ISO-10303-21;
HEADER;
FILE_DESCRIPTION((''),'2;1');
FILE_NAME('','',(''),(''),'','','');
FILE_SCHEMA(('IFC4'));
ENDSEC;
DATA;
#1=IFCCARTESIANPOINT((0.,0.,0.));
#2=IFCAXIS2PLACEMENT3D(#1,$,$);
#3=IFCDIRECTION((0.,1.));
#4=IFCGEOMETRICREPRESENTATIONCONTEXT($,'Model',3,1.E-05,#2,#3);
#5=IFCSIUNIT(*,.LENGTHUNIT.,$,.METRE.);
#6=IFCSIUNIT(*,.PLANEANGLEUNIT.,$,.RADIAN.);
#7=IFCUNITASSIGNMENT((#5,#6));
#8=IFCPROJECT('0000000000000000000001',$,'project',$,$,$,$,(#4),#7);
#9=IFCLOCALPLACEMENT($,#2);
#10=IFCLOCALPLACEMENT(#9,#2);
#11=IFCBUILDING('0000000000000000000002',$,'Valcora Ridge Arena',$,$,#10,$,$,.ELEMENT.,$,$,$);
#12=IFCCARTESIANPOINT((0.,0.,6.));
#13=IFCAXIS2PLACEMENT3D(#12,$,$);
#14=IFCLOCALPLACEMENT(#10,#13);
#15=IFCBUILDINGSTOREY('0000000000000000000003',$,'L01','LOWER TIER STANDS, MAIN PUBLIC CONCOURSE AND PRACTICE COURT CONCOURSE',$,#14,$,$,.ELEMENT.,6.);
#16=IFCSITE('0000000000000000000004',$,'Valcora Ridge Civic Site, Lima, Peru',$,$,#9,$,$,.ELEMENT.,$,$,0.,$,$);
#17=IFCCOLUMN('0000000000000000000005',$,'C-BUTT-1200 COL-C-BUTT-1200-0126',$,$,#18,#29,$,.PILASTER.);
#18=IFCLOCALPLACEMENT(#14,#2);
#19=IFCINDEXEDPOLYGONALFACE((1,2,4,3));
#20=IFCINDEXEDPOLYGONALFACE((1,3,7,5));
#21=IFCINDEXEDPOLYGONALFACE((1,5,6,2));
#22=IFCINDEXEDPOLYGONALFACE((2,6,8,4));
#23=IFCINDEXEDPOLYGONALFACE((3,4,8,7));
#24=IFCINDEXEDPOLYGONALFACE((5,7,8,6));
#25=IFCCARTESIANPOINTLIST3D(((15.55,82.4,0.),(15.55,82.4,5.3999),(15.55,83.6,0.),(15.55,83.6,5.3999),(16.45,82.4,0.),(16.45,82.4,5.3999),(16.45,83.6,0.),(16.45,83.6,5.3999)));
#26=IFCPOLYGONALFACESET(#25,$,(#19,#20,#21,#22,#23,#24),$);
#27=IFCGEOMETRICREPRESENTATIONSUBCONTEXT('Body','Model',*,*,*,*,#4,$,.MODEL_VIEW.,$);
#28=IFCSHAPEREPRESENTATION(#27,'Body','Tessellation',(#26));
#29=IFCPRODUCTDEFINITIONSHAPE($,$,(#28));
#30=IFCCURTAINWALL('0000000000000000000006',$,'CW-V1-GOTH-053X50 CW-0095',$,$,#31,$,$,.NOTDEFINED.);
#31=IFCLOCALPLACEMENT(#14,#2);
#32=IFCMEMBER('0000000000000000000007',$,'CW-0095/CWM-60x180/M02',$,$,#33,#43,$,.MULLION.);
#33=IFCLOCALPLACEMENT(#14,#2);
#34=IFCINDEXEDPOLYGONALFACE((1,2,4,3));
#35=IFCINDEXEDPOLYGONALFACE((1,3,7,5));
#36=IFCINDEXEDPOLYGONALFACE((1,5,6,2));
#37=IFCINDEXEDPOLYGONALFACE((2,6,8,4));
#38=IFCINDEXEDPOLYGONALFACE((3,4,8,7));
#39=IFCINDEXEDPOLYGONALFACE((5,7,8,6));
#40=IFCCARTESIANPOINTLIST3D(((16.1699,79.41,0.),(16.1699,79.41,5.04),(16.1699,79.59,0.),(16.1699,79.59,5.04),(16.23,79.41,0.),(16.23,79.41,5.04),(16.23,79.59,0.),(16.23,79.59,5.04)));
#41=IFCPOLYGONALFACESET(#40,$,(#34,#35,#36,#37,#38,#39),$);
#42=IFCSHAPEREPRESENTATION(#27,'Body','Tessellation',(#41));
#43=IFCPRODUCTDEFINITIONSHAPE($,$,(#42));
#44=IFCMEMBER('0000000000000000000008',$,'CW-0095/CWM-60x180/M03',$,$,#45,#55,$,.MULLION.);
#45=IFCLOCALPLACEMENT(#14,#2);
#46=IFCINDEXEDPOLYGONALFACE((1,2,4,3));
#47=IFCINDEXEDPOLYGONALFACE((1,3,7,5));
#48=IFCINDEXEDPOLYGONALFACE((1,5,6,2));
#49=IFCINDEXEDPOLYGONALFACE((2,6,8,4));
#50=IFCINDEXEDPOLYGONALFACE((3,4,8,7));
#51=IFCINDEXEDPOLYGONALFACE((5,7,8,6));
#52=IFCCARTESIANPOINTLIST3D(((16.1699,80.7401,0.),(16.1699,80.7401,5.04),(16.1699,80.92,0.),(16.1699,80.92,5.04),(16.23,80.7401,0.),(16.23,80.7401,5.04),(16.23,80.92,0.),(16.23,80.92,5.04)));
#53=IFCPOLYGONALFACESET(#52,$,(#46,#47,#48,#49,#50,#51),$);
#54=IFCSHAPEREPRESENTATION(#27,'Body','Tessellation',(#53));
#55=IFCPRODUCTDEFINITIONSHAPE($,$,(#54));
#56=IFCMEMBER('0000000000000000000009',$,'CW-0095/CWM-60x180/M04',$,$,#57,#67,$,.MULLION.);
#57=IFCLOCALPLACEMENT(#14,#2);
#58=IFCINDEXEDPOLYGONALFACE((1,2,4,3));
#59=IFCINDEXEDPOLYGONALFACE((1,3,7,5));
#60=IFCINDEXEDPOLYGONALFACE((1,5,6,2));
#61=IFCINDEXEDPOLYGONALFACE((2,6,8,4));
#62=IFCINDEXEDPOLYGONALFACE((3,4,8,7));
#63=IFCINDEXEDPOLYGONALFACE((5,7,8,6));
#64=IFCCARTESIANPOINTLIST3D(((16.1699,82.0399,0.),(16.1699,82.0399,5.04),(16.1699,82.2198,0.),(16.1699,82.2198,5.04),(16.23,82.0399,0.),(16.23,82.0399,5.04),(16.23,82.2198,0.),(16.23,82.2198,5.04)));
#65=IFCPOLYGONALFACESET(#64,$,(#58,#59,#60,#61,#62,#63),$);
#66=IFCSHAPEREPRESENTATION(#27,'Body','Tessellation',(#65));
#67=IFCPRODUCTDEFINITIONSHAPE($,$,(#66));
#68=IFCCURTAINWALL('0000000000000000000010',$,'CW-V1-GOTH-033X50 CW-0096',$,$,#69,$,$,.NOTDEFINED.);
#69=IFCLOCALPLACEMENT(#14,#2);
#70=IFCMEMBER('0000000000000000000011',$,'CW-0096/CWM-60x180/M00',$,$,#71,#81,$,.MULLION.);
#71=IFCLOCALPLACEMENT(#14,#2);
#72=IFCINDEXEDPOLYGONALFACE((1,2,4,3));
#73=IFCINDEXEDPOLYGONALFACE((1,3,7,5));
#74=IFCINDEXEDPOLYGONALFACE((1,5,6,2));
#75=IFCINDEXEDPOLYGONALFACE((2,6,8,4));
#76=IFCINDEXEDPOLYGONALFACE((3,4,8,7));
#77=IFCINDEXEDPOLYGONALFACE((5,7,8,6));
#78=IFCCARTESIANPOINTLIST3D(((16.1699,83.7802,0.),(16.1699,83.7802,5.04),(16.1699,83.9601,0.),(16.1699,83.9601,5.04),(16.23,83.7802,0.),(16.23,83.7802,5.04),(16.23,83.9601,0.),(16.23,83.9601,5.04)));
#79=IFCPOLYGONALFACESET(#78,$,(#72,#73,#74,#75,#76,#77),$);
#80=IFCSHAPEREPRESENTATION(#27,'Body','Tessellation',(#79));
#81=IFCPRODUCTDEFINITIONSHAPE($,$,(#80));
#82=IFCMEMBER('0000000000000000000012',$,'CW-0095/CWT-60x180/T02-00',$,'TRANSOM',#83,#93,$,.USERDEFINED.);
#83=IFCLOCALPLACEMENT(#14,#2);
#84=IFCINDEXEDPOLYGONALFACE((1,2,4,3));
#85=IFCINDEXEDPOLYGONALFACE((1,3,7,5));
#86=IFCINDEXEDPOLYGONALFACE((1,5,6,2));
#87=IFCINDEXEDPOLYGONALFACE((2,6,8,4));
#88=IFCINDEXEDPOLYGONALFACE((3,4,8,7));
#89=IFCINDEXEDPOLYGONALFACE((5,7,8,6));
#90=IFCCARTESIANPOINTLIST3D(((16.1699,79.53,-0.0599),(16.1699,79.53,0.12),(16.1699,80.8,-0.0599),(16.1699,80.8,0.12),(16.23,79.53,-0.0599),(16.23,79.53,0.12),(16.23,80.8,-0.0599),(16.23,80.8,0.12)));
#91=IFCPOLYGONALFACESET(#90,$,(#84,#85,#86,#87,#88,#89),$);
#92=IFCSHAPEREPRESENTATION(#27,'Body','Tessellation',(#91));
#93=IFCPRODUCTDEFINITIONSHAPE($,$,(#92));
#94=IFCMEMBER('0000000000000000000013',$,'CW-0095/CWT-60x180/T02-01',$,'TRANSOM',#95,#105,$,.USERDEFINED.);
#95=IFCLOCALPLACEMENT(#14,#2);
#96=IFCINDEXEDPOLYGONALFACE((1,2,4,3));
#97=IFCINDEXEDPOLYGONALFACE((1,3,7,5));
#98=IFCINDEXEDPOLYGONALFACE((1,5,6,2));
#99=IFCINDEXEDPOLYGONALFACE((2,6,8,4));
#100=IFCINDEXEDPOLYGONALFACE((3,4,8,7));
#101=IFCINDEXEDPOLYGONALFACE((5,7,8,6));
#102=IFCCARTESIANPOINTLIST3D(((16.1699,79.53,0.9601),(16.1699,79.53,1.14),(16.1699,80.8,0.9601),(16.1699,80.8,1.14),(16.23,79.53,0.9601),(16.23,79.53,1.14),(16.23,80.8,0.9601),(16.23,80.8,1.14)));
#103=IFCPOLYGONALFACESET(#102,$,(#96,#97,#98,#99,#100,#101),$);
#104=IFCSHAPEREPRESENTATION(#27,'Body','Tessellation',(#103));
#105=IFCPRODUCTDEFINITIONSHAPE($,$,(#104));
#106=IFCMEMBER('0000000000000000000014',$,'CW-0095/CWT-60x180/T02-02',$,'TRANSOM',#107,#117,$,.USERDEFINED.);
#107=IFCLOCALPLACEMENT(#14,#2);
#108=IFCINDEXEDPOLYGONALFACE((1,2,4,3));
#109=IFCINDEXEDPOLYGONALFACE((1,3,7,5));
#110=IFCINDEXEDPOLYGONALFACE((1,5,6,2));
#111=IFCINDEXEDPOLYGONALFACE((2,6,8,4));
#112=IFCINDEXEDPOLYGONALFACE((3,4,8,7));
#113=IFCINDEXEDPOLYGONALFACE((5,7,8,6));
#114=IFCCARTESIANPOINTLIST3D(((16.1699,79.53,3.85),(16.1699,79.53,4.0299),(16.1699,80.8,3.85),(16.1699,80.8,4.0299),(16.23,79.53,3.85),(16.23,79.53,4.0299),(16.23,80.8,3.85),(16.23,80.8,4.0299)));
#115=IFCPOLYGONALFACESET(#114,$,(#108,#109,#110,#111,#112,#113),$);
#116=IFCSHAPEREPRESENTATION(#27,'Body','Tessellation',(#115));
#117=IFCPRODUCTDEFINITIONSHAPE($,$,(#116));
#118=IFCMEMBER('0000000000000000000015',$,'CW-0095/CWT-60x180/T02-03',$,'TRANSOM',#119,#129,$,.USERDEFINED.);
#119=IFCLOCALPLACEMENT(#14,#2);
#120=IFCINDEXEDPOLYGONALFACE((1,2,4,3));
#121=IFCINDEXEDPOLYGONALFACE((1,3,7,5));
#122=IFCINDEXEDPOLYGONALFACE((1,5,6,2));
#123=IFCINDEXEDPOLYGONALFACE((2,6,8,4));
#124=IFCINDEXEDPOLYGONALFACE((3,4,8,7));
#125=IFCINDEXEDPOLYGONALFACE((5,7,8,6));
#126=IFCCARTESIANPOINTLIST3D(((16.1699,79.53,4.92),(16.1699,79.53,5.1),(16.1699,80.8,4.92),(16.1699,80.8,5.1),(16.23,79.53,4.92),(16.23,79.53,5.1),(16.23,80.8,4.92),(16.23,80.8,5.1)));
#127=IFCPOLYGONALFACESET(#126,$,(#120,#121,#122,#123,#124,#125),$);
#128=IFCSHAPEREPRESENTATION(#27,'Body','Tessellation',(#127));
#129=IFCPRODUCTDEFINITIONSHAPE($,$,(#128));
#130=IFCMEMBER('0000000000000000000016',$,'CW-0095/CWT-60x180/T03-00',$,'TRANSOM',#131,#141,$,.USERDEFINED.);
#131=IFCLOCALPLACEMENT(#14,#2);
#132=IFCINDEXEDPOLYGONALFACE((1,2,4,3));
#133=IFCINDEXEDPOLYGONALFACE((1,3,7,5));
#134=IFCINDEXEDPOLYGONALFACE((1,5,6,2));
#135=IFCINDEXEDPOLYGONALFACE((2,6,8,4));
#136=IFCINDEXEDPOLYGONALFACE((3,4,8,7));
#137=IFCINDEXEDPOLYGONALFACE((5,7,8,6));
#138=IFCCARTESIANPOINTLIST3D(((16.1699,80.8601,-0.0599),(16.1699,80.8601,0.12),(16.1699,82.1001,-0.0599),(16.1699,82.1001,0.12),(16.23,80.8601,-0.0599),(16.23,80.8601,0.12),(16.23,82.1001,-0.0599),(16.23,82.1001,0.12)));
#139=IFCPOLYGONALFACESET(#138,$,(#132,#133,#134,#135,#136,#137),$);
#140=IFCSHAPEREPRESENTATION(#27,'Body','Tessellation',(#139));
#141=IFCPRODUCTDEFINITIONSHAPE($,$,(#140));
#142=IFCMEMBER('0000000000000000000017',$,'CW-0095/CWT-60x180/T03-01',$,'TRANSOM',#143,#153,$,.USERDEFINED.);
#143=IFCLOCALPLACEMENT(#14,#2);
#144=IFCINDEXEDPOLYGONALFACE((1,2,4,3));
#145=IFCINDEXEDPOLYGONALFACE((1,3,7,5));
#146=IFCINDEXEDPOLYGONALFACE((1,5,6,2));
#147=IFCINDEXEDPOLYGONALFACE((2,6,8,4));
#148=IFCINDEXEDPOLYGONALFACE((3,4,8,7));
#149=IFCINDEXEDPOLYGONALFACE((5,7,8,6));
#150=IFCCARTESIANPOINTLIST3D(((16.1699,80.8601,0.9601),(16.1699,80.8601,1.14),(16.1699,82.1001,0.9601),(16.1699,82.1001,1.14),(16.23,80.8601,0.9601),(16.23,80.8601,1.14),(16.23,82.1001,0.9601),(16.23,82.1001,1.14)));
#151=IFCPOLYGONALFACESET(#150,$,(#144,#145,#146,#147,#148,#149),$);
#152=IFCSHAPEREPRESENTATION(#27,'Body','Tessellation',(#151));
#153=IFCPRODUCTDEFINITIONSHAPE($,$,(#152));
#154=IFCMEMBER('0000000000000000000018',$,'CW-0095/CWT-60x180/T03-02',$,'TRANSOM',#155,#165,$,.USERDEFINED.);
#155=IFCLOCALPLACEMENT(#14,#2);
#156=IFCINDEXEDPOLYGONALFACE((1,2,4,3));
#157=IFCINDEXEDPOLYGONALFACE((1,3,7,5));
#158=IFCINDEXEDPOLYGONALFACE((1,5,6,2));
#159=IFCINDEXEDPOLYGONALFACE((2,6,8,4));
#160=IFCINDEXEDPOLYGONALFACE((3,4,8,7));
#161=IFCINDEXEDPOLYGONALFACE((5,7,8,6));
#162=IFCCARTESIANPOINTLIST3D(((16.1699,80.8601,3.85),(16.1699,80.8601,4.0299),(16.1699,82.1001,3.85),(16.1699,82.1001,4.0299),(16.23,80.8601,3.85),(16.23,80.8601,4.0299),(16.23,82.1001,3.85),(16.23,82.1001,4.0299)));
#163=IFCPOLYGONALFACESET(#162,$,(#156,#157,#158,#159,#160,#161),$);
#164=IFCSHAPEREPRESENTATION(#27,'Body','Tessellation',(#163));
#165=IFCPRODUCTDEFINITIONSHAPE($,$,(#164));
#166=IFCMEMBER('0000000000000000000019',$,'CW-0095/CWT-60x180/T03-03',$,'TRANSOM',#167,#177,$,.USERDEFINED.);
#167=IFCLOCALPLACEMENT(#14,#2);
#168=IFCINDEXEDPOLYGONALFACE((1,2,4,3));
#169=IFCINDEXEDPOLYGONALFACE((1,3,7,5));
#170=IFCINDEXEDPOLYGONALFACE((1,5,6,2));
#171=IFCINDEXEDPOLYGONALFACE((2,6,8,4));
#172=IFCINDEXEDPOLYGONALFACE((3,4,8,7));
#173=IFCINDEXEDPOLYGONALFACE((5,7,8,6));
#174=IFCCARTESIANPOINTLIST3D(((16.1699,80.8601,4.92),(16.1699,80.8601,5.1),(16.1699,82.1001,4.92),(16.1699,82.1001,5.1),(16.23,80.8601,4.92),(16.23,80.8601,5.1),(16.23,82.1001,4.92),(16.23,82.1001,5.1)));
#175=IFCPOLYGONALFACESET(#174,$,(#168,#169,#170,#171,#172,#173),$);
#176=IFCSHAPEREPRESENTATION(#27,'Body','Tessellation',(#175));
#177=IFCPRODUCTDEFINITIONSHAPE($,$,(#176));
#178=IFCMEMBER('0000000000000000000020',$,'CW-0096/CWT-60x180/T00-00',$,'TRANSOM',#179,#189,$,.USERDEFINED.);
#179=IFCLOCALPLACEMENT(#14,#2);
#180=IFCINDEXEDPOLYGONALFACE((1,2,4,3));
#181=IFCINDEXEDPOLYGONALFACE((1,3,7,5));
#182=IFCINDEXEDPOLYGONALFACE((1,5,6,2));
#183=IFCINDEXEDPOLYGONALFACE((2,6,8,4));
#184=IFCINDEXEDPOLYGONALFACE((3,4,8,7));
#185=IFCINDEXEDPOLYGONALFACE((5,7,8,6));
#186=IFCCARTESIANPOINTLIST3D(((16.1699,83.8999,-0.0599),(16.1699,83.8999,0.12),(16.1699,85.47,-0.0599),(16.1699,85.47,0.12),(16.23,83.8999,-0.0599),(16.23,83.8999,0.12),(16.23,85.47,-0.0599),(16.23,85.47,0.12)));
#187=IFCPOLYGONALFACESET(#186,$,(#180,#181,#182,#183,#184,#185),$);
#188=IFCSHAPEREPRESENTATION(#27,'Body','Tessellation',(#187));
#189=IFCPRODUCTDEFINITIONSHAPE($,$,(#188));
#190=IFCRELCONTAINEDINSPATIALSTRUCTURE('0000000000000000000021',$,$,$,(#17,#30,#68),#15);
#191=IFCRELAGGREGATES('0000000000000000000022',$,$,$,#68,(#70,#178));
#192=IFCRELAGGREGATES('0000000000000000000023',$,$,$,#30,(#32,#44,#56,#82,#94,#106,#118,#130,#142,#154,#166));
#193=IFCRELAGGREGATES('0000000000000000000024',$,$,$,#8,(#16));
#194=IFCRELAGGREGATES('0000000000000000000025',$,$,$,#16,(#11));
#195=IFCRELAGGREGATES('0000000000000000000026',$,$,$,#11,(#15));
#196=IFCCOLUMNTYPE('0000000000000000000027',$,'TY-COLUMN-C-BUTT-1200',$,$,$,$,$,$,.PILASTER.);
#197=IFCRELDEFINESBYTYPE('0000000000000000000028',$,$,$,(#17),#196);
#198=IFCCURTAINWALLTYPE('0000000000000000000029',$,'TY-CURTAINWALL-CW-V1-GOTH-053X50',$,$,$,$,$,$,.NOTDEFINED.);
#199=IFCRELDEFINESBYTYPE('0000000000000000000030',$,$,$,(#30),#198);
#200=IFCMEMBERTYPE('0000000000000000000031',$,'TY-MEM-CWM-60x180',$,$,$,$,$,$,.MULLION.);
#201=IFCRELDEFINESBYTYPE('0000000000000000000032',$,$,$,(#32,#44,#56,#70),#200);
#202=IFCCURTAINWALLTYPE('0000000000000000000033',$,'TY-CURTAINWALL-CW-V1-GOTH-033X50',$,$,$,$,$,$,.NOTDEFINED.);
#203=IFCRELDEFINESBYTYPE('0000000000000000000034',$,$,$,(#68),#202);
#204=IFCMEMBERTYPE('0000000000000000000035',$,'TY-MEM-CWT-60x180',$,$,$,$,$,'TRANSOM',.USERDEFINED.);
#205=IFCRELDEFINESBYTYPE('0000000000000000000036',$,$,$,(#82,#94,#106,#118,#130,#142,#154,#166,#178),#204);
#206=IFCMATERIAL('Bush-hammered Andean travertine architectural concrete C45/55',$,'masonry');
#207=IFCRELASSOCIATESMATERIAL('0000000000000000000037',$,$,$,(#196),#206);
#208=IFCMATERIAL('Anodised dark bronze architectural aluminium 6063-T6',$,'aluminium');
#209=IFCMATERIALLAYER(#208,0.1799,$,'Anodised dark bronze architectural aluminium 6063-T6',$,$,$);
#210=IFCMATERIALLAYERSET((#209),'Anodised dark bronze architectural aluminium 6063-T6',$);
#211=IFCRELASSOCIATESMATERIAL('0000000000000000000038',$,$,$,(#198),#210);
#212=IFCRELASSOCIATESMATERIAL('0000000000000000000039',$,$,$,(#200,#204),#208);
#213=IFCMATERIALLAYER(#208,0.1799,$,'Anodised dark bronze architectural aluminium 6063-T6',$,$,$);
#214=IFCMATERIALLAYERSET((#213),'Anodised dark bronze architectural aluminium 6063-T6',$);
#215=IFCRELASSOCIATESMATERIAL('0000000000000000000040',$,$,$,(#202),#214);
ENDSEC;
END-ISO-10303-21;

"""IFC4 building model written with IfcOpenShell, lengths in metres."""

from ifc_helpers import new_model, si_unit, direction, frame, origin, origin_2d, place, context, subcontext, project, spatial, rectangle, extrude, material, layer, layer_set, material_profile, profile_set, type_object, element, aggregate, save


model = new_model("IFC4")

# Units and contexts
model_context = context("Model", 3, precision=1e-05, world=origin(), true_north=direction((0.0, 1.0)))
body_context = subcontext(model_context, "Body", "Model", "MODEL_VIEW")
ifc_project = project(units=[si_unit("LENGTHUNIT", "METRE"), si_unit("PLANEANGLEUNIT", "RADIAN")], contexts=[model_context])

# Site, building, storey
site_placement = place(None, origin())
site = spatial("IfcSite", under=ifc_project, at=site_placement, Name="Valcora Ridge Civic Site, Lima, Peru", CompositionType="ELEMENT", RefElevation=0.0)
building_placement = place(site_placement, origin())
building = spatial("IfcBuilding", under=site, at=building_placement, Name="Valcora Ridge Arena", CompositionType="ELEMENT")
storey_placement = place(building_placement, frame((0.0, 0.0, 6.0)))
storey = spatial("IfcBuildingStorey", under=building, at=storey_placement, Name="L01", Description="LOWER TIER STANDS, MAIN PUBLIC CONCOURSE AND PRACTICE COURT CONCOURSE", CompositionType="ELEMENT", Elevation=6.0)

# Column
ifc_material_1 = material(Name="Bush-hammered Andean travertine architectural concrete C45/55", Category="masonry")
ifc_material_profile_1 = material_profile(ifc_material_1, rectangle(XDim=0.8999, YDim=1.2, at=origin_2d()), Name="RC 900x1200")
ifc_profile_set_1 = profile_set([ifc_material_profile_1], Name="Bush-hammered Andean travertine architectural concrete C45/55")
column_type = type_object("IfcColumnType", Name="TY-COLUMN-C-BUTT-1200", PredefinedType="PILASTER", material=ifc_profile_set_1)
column_placement = place(storey_placement, frame((16.0, 83.0, 0.0), z_axis=(0.0, 0.0, 1.0), x_axis=(1.0, 0.0, 0.0)))
element("IfcColumn", 1, at=column_placement, inside=storey, type_object=column_type, Name="C-BUTT-1200 COL-C-BUTT-1200-0126", PredefinedType="PILASTER", context=body_context, shape_type="SweptSolid", body=[
    extrude(rectangle(XDim=0.8999, YDim=1.2, at=origin_2d()), origin(), (0.0, 0.0, 1.0), 5.3999),
])

# Curtain wall, members
ifc_material_2 = material(Name="Anodised dark bronze architectural aluminium 6063-T6", Category="aluminium")
ifc_layer_1 = layer(ifc_material_2, 0.1799, Name="Anodised dark bronze architectural aluminium 6063-T6")
ifc_layer_set_1 = layer_set([ifc_layer_1], Name="Anodised dark bronze architectural aluminium 6063-T6")
curtain_wall_type_1 = type_object("IfcCurtainWallType", Name="TY-CURTAINWALL-CW-V1-GOTH-053X50", PredefinedType="NOTDEFINED", material=ifc_layer_set_1)
curtain_wall_1_placement = place(storey_placement, origin())
curtain_wall_1 = element("IfcCurtainWall", 2, at=curtain_wall_1_placement, inside=storey, type_object=curtain_wall_type_1, Name="CW-V1-GOTH-053X50 CW-0095", PredefinedType="NOTDEFINED")
ifc_material_profile_2 = material_profile(ifc_material_2, rectangle(XDim=0.0601, YDim=0.1799, at=origin_2d()), Name="ALU MULLION 60x180")
ifc_profile_set_2 = profile_set([ifc_material_profile_2], Name="Anodised dark bronze architectural aluminium 6063-T6")
member_type_1 = type_object("IfcMemberType", Name="TY-MEM-CWM-60x180", PredefinedType="MULLION", material=ifc_profile_set_2)
member_1_placement = place(storey_placement, frame((16.2, 79.5, 0.0), z_axis=(0.0, 0.0, 1.0), x_axis=(-1.0, 0.0, 0.0)))
member_1 = element("IfcMember", 3, at=member_1_placement, type_object=member_type_1, Name="CW-0095/CWM-60x180/M02", PredefinedType="MULLION", context=body_context, shape_type="SweptSolid", body=[
    extrude(rectangle(XDim=0.0601, YDim=0.1799, at=origin_2d()), origin(), (0.0, 0.0, 1.0), 5.04),
])
member_2_placement = place(storey_placement, frame((16.2, 80.8301, 0.0), z_axis=(0.0, 0.0, 1.0), x_axis=(-1.0, 0.0, 0.0)))
member_2 = element("IfcMember", 4, at=member_2_placement, type_object=member_type_1, Name="CW-0095/CWM-60x180/M03", PredefinedType="MULLION", context=body_context, shape_type="SweptSolid", body=[
    extrude(rectangle(XDim=0.0601, YDim=0.1799, at=origin_2d()), origin(), (0.0, 0.0, 1.0), 5.04),
])
member_3_placement = place(storey_placement, frame((16.2, 82.1299, 0.0), z_axis=(0.0, 0.0, 1.0), x_axis=(-1.0, 0.0, 0.0)))
member_3 = element("IfcMember", 5, at=member_3_placement, type_object=member_type_1, Name="CW-0095/CWM-60x180/M04", PredefinedType="MULLION", context=body_context, shape_type="SweptSolid", body=[
    extrude(rectangle(XDim=0.0601, YDim=0.1799, at=origin_2d()), origin(), (0.0, 0.0, 1.0), 5.04),
])

# Curtain wall, member
ifc_layer_2 = layer(ifc_material_2, 0.1799, Name="Anodised dark bronze architectural aluminium 6063-T6")
ifc_layer_set_2 = layer_set([ifc_layer_2], Name="Anodised dark bronze architectural aluminium 6063-T6")
curtain_wall_type_2 = type_object("IfcCurtainWallType", Name="TY-CURTAINWALL-CW-V1-GOTH-033X50", PredefinedType="NOTDEFINED", material=ifc_layer_set_2)
curtain_wall_2_placement = place(storey_placement, origin())
curtain_wall_2 = element("IfcCurtainWall", 6, at=curtain_wall_2_placement, inside=storey, type_object=curtain_wall_type_2, Name="CW-V1-GOTH-033X50 CW-0096", PredefinedType="NOTDEFINED")
member_4_placement = place(storey_placement, frame((16.2, 83.8701, 0.0), z_axis=(0.0, 0.0, 1.0), x_axis=(-1.0, 0.0, 0.0)))
member_4 = element("IfcMember", 7, at=member_4_placement, type_object=member_type_1, Name="CW-0096/CWM-60x180/M00", PredefinedType="MULLION", context=body_context, shape_type="SweptSolid", body=[
    extrude(rectangle(XDim=0.0601, YDim=0.1799, at=origin_2d()), origin(), (0.0, 0.0, 1.0), 5.04),
])

# Members
ifc_material_profile_3 = material_profile(ifc_material_2, rectangle(XDim=0.0601, YDim=0.1799, at=origin_2d()), Name="ALU TRANSOM 60x180")
ifc_profile_set_3 = profile_set([ifc_material_profile_3], Name="Anodised dark bronze architectural aluminium 6063-T6")
member_type_2 = type_object("IfcMemberType", Name="TY-MEM-CWT-60x180", ElementType="TRANSOM", PredefinedType="USERDEFINED", material=ifc_profile_set_3)
member_5_placement = place(storey_placement, frame((16.2, 79.53, 0.03), z_axis=(0.0, 1.0, 0.0), x_axis=(-1.0, 0.0, 0.0)))
member_5 = element("IfcMember", 8, at=member_5_placement, type_object=member_type_2, Name="CW-0095/CWT-60x180/T02-00", ObjectType="TRANSOM", PredefinedType="USERDEFINED", context=body_context, shape_type="SweptSolid", body=[
    extrude(rectangle(XDim=0.0601, YDim=0.1799, at=origin_2d()), origin(), (0.0, 0.0, 1.0), 1.27),
])
member_6_placement = place(storey_placement, frame((16.2, 79.53, 1.05), z_axis=(0.0, 1.0, 0.0), x_axis=(-1.0, 0.0, 0.0)))
member_6 = element("IfcMember", 9, at=member_6_placement, type_object=member_type_2, Name="CW-0095/CWT-60x180/T02-01", ObjectType="TRANSOM", PredefinedType="USERDEFINED", context=body_context, shape_type="SweptSolid", body=[
    extrude(rectangle(XDim=0.0601, YDim=0.1799, at=origin_2d()), origin(), (0.0, 0.0, 1.0), 1.27),
])
member_7_placement = place(storey_placement, frame((16.2, 79.53, 3.9399), z_axis=(0.0, 1.0, 0.0), x_axis=(-1.0, 0.0, 0.0)))
member_7 = element("IfcMember", 10, at=member_7_placement, type_object=member_type_2, Name="CW-0095/CWT-60x180/T02-02", ObjectType="TRANSOM", PredefinedType="USERDEFINED", context=body_context, shape_type="SweptSolid", body=[
    extrude(rectangle(XDim=0.0601, YDim=0.1799, at=origin_2d()), origin(), (0.0, 0.0, 1.0), 1.27),
])
member_8_placement = place(storey_placement, frame((16.2, 79.53, 5.01), z_axis=(0.0, 1.0, 0.0), x_axis=(-1.0, 0.0, 0.0)))
member_8 = element("IfcMember", 11, at=member_8_placement, type_object=member_type_2, Name="CW-0095/CWT-60x180/T02-03", ObjectType="TRANSOM", PredefinedType="USERDEFINED", context=body_context, shape_type="SweptSolid", body=[
    extrude(rectangle(XDim=0.0601, YDim=0.1799, at=origin_2d()), origin(), (0.0, 0.0, 1.0), 1.27),
])
member_9_placement = place(storey_placement, frame((16.2, 80.8601, 0.03), z_axis=(0.0, 1.0, 0.0), x_axis=(-1.0, 0.0, 0.0)))
member_9 = element("IfcMember", 12, at=member_9_placement, type_object=member_type_2, Name="CW-0095/CWT-60x180/T03-00", ObjectType="TRANSOM", PredefinedType="USERDEFINED", context=body_context, shape_type="SweptSolid", body=[
    extrude(rectangle(XDim=0.0601, YDim=0.1799, at=origin_2d()), origin(), (0.0, 0.0, 1.0), 1.24),
])
member_10_placement = place(storey_placement, frame((16.2, 80.8601, 1.05), z_axis=(0.0, 1.0, 0.0), x_axis=(-1.0, 0.0, 0.0)))
member_10 = element("IfcMember", 13, at=member_10_placement, type_object=member_type_2, Name="CW-0095/CWT-60x180/T03-01", ObjectType="TRANSOM", PredefinedType="USERDEFINED", context=body_context, shape_type="SweptSolid", body=[
    extrude(rectangle(XDim=0.0601, YDim=0.1799, at=origin_2d()), origin(), (0.0, 0.0, 1.0), 1.24),
])
member_11_placement = place(storey_placement, frame((16.2, 80.8601, 3.9399), z_axis=(0.0, 1.0, 0.0), x_axis=(-1.0, 0.0, 0.0)))
member_11 = element("IfcMember", 14, at=member_11_placement, type_object=member_type_2, Name="CW-0095/CWT-60x180/T03-02", ObjectType="TRANSOM", PredefinedType="USERDEFINED", context=body_context, shape_type="SweptSolid", body=[
    extrude(rectangle(XDim=0.0601, YDim=0.1799, at=origin_2d()), origin(), (0.0, 0.0, 1.0), 1.24),
])
member_12_placement = place(storey_placement, frame((16.2, 80.8601, 5.01), z_axis=(0.0, 1.0, 0.0), x_axis=(-1.0, 0.0, 0.0)))
member_12 = element("IfcMember", 15, at=member_12_placement, type_object=member_type_2, Name="CW-0095/CWT-60x180/T03-03", ObjectType="TRANSOM", PredefinedType="USERDEFINED", context=body_context, shape_type="SweptSolid", body=[
    extrude(rectangle(XDim=0.0601, YDim=0.1799, at=origin_2d()), origin(), (0.0, 0.0, 1.0), 1.24),
])
member_13_placement = place(storey_placement, frame((16.2, 83.8999, 0.03), z_axis=(0.0, 1.0, 0.0), x_axis=(-1.0, 0.0, 0.0)))
member_13 = element("IfcMember", 16, at=member_13_placement, type_object=member_type_2, Name="CW-0096/CWT-60x180/T00-00", ObjectType="TRANSOM", PredefinedType="USERDEFINED", context=body_context, shape_type="SweptSolid", body=[
    extrude(rectangle(XDim=0.0601, YDim=0.1799, at=origin_2d()), origin(), (0.0, 0.0, 1.0), 1.5701),
])
aggregate(curtain_wall_2, [member_4, member_13])

aggregate(curtain_wall_1, [member_1, member_2, member_3, member_5, member_6, member_7, member_8, member_9, member_10, member_11, member_12])

save(model, "model.ifc")
